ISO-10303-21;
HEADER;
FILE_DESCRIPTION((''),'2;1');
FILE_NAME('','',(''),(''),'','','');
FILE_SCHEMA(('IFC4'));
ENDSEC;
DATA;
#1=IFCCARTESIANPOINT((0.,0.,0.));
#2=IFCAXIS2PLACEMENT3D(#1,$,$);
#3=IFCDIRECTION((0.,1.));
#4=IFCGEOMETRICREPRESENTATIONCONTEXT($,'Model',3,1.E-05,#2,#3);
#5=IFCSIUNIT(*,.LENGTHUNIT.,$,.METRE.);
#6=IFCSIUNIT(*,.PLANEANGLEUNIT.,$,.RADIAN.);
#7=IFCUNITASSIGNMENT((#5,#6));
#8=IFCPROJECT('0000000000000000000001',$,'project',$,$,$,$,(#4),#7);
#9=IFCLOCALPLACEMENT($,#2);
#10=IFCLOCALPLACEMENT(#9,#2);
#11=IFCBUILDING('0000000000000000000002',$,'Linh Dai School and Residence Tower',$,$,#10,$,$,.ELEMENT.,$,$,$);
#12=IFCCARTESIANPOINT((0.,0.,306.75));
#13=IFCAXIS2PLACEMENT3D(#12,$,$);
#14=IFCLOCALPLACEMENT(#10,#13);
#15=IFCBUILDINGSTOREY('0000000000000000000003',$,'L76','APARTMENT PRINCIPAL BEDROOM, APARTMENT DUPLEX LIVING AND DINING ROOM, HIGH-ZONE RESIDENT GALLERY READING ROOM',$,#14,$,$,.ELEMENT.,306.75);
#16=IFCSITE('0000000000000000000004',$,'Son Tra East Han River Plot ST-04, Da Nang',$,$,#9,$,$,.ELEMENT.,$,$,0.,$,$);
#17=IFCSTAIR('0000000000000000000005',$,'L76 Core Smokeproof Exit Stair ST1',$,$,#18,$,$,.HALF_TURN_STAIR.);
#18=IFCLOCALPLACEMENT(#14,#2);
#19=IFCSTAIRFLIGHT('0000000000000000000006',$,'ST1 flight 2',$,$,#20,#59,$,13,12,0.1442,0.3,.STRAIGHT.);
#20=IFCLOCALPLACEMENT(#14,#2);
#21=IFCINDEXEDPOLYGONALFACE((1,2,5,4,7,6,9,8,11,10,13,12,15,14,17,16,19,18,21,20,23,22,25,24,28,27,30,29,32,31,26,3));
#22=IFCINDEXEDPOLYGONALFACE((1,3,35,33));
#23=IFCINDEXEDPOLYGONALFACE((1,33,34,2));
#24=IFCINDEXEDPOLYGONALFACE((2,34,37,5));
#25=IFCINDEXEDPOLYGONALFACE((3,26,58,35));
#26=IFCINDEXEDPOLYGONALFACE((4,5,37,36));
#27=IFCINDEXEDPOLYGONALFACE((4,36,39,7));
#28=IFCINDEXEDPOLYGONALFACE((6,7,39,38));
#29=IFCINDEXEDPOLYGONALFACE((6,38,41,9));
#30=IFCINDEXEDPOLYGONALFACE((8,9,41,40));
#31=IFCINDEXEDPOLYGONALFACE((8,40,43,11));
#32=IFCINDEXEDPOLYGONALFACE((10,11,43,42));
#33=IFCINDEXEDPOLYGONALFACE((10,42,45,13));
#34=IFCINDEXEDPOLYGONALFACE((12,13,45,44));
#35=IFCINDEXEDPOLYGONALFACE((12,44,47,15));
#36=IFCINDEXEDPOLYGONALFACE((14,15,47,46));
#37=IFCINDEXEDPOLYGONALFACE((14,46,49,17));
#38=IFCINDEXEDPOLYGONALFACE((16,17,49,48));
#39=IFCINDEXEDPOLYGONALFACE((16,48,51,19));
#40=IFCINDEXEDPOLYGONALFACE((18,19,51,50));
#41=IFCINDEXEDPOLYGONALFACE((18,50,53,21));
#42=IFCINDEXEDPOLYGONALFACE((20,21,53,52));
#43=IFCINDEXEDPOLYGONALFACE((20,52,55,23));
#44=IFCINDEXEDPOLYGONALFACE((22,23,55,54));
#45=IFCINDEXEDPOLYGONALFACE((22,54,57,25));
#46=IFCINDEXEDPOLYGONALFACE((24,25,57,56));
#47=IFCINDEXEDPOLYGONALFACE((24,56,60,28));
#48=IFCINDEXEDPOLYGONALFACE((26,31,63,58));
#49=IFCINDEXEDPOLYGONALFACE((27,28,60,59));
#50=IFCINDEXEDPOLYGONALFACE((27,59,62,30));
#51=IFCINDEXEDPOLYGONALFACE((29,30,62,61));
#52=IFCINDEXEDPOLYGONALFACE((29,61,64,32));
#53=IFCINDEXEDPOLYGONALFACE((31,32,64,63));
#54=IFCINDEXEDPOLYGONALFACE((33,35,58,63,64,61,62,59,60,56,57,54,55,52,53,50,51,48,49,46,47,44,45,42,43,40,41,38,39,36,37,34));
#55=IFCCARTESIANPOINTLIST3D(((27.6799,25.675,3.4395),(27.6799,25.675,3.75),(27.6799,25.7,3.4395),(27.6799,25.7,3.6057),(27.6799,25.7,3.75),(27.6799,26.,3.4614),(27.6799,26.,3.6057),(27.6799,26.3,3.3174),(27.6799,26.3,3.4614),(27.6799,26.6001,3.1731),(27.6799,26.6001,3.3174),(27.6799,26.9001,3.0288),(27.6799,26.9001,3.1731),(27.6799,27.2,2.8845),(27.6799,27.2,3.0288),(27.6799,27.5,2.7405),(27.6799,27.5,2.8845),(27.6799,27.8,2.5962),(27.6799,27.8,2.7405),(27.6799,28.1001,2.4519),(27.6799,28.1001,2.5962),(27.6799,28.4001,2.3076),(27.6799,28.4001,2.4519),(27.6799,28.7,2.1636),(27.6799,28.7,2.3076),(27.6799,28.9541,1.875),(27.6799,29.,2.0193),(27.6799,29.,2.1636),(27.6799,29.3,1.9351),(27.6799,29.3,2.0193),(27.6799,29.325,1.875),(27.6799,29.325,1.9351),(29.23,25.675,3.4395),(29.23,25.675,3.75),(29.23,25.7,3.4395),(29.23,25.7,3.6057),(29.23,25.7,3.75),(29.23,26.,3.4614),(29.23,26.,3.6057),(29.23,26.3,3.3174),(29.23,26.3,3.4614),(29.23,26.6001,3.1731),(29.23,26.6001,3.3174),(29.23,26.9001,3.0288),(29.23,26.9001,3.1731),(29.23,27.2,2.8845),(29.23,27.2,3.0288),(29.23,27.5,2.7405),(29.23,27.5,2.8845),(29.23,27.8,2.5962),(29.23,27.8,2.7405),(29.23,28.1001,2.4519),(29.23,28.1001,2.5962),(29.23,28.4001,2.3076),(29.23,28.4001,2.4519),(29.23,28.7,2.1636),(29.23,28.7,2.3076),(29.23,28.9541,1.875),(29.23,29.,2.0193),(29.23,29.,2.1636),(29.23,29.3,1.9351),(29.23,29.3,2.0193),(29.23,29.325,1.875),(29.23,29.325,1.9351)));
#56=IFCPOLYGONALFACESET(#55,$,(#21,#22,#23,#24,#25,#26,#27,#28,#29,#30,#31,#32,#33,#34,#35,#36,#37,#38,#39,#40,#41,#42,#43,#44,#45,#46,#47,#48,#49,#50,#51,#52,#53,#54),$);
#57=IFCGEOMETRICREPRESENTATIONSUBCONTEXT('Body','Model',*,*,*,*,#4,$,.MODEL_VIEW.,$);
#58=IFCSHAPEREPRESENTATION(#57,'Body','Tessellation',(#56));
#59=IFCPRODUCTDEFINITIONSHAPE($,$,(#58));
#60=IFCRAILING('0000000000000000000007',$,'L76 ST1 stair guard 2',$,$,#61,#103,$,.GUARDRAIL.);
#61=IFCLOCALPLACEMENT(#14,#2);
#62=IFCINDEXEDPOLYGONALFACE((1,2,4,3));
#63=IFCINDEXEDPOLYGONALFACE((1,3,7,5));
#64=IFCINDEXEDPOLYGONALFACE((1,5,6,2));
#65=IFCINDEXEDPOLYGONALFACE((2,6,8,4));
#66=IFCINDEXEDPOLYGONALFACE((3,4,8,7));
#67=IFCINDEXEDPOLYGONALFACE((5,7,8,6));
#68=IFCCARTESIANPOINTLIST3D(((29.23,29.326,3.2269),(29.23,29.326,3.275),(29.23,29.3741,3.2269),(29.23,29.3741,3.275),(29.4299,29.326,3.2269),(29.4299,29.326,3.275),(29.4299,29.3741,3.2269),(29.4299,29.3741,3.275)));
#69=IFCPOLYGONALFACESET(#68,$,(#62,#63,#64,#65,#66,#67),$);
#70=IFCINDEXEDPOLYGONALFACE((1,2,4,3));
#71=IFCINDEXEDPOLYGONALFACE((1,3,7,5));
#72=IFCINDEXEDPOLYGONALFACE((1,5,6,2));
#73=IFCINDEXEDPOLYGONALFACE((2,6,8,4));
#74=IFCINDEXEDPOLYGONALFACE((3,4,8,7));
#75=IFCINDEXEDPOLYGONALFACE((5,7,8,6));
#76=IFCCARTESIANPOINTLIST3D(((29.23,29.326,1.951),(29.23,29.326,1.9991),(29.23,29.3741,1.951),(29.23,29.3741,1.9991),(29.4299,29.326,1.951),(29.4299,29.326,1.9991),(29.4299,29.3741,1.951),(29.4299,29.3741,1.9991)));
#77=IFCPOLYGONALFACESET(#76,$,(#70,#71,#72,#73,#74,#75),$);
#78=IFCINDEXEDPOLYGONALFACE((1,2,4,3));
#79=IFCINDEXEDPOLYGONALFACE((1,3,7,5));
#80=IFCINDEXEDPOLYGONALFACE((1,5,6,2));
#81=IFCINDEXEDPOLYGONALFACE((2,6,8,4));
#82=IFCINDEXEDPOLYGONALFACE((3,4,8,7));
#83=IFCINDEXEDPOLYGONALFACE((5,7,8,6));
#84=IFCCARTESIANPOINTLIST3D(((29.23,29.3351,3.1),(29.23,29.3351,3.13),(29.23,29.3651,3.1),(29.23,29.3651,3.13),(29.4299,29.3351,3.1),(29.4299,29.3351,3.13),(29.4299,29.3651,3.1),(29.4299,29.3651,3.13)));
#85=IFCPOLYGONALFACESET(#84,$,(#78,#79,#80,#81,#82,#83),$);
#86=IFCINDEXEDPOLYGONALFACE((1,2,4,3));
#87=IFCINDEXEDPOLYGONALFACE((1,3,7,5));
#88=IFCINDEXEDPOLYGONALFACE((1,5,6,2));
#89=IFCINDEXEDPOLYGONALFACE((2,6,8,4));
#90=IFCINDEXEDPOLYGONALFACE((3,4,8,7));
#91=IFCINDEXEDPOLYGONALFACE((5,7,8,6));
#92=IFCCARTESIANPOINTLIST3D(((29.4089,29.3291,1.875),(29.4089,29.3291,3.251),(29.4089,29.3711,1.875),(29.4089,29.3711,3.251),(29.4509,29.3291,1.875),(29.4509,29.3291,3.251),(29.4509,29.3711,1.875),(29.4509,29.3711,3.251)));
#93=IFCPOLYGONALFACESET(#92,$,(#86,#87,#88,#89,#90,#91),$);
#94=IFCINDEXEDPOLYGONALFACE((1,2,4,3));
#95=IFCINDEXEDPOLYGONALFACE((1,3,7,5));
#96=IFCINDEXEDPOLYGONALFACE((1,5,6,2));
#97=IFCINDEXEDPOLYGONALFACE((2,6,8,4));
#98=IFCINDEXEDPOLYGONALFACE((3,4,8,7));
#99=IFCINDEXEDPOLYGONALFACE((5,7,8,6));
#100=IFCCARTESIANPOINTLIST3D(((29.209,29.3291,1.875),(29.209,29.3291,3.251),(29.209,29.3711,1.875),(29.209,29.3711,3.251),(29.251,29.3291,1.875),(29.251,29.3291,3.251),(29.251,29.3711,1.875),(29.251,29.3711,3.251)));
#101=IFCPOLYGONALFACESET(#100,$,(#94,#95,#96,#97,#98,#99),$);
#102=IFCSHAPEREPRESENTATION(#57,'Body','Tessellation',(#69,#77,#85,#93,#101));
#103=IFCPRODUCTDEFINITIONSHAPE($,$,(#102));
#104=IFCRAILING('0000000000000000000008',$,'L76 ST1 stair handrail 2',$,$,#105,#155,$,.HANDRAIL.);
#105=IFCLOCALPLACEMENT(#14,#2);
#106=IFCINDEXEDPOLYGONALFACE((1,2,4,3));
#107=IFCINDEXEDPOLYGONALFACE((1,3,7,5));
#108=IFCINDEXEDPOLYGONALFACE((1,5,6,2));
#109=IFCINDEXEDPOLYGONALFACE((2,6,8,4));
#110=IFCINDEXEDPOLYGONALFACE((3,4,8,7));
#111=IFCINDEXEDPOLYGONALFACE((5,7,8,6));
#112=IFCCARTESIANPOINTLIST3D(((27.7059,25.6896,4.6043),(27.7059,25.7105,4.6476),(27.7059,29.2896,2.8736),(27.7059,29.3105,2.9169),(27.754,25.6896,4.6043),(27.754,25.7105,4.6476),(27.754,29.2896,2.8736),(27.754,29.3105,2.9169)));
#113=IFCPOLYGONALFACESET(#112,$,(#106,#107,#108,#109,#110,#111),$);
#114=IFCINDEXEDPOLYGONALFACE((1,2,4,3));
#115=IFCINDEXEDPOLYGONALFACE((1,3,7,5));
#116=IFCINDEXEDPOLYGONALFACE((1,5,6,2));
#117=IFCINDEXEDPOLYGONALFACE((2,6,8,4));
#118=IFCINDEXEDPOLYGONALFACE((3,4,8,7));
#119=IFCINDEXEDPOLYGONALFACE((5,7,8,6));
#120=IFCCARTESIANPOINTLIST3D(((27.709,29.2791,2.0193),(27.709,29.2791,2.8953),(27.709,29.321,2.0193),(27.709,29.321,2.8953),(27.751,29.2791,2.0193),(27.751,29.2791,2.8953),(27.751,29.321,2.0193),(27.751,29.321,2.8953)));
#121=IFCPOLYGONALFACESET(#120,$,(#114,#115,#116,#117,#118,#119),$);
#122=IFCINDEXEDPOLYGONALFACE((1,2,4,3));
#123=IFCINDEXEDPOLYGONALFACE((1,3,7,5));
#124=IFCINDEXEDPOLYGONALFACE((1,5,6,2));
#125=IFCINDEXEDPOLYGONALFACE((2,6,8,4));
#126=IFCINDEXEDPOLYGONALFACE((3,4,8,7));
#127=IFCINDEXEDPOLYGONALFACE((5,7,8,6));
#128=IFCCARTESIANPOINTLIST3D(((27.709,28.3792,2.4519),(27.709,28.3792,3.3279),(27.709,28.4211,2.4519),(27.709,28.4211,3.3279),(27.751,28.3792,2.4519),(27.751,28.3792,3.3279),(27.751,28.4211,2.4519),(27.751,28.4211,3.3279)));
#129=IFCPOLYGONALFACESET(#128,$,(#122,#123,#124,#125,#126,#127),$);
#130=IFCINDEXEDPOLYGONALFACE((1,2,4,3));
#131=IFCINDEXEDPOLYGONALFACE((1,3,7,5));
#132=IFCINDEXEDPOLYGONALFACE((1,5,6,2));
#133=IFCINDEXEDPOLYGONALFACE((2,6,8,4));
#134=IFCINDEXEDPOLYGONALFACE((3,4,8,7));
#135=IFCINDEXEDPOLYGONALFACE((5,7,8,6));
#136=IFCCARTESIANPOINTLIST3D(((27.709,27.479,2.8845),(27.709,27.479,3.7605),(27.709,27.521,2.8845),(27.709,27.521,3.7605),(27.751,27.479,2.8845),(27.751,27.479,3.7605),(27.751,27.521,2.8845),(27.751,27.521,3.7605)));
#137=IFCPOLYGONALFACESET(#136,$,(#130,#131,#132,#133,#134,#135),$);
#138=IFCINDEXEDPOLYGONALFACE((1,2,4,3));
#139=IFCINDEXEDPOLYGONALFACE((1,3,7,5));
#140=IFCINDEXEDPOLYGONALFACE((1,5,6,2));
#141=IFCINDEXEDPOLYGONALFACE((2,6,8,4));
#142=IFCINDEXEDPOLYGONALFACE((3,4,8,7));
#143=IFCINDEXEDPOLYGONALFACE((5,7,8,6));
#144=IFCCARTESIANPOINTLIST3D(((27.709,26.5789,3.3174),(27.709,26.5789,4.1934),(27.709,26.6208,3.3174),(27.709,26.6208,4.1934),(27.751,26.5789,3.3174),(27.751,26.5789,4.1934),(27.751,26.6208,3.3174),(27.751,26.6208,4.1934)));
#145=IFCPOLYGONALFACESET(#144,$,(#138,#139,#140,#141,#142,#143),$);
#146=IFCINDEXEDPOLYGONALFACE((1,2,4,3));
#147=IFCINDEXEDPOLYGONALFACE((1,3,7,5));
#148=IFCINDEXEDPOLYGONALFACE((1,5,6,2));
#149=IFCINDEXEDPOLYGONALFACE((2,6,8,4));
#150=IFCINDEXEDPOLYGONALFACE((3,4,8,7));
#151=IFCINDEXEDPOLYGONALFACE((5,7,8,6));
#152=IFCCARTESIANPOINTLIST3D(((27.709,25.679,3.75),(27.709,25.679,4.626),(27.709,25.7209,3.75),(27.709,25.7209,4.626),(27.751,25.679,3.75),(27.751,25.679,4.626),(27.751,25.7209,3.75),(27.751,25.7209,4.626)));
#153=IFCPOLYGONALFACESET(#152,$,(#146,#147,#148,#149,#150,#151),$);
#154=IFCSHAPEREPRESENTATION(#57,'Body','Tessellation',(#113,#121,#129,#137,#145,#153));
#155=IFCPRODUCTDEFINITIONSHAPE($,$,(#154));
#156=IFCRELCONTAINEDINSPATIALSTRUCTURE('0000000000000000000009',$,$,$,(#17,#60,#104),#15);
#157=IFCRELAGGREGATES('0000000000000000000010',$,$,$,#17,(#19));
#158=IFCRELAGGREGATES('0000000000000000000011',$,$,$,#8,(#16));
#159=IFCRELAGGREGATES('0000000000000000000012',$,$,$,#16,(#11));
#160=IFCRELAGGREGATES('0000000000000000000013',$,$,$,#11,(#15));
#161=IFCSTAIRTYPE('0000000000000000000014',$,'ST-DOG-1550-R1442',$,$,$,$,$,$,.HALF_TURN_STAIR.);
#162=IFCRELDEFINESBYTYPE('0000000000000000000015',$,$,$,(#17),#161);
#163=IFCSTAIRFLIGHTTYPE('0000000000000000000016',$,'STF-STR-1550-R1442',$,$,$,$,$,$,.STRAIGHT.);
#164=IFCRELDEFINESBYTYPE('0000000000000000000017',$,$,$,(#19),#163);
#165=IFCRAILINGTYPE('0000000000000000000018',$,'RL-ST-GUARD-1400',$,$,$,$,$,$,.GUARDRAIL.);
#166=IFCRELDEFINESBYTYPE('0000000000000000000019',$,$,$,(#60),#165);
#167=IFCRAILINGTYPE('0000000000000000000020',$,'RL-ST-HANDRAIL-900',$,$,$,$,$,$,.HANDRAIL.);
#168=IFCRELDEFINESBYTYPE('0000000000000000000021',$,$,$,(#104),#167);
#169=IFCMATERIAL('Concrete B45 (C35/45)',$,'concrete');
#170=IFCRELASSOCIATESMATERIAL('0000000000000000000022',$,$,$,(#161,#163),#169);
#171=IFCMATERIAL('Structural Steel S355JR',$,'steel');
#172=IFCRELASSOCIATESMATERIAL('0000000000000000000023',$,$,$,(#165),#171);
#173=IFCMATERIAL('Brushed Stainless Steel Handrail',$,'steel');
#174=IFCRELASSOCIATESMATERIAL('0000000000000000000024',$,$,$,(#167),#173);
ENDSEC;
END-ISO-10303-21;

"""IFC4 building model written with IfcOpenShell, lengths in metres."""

from ifc_helpers import new_model, si_unit, direction, frame, origin, origin_2d, place, context, subcontext, project, spatial, polyline, rectangle, outline, extrude, source, transform, mapped, material, type_object, element, aggregate, save


model = new_model("IFC4")

# Units and contexts
model_context = context("Model", 3, precision=1e-05, world=origin(), true_north=direction((0.0, 1.0)))
body_context = subcontext(model_context, "Body", "Model", "MODEL_VIEW")
ifc_project = project(units=[si_unit("LENGTHUNIT", "METRE"), si_unit("PLANEANGLEUNIT", "RADIAN")], contexts=[model_context])

# Site, building, storey
site_placement = place(None, origin())
site = spatial("IfcSite", under=ifc_project, at=site_placement, Name="Son Tra East Han River Plot ST-04, Da Nang", CompositionType="ELEMENT", RefElevation=0.0)
building_placement = place(site_placement, origin())
building = spatial("IfcBuilding", under=site, at=building_placement, Name="Linh Dai School and Residence Tower", CompositionType="ELEMENT")
storey_placement = place(building_placement, frame((0.0, 0.0, 306.75)))
storey = spatial("IfcBuildingStorey", under=building, at=storey_placement, Name="L76", Description="APARTMENT PRINCIPAL BEDROOM, APARTMENT DUPLEX LIVING AND DINING ROOM, HIGH-ZONE RESIDENT GALLERY READING ROOM", CompositionType="ELEMENT", Elevation=306.75)

# Shared definitions
ifc_material_1 = material(Name="Structural Steel S355JR", Category="steel")

# Shared definitions
ifc_material_2 = material(Name="Concrete B45 (C35/45)", Category="concrete")

# Stair, stair flight
stair_type = type_object("IfcStairType", Name="ST-DOG-1550-R1442", PredefinedType="HALF_TURN_STAIR", material=ifc_material_2)
stair_placement = place(storey_placement, origin())
stair = element("IfcStair", 1, at=stair_placement, inside=storey, type_object=stair_type, Name="L76 Core Smokeproof Exit Stair ST1", PredefinedType="HALF_TURN_STAIR")
stair_flight_type = type_object("IfcStairFlightType", Name="STF-STR-1550-R1442", PredefinedType="STRAIGHT", material=ifc_material_2)
shared_shape_1 = source(origin(), body_context, "Body", "SweptSolid", [
    extrude(outline(polyline([(-0.0249, 0.0), (-0.0249, 0.0601), (0.0, 0.0601), (0.0, 0.1443), (0.3, 0.1443), (0.3, 0.2886), (0.6001, 0.2886), (0.6001, 0.4326), (0.8999, 0.4326), (0.8999, 0.5769), (1.2, 0.5769), (1.2, 0.7212), (1.5, 0.7212), (1.5, 0.8655), (1.8, 0.8655), (1.8, 1.0095), (2.1001, 1.0095), (2.1001, 1.1538), (2.3999, 1.1538), (2.3999, 1.2981), (2.7, 1.2981), (2.7, 1.4424), (3.0, 1.4424), (3.0, 1.5864), (3.3, 1.5864), (3.3, 1.7307), (3.6001, 1.7307), (3.6001, 1.875), (3.625, 1.875), (3.625, 1.5645), (3.6001, 1.5645), (0.3459, 0.0), (-0.0249, 0.0)])), frame((0.0, 0.7749, 0.0), z_axis=(0.0, -1.0, 0.0), x_axis=(1.0, 0.0, 0.0)), (0.0, 0.0, 1.0), 1.55),
])
stair_flight_placement = place(storey_placement, frame((28.4551, 29.3, 1.875), z_axis=(0.0, 0.0, 1.0), x_axis=(0.0, -1.0, 0.0)))
stair_flight = element("IfcStairFlight", 2, at=stair_flight_placement, type_object=stair_flight_type, Name="ST1 flight 2", NumberOfRisers=13, NumberOfTreads=12, PredefinedType="STRAIGHT", RiserHeight=0.1442, TreadLength=0.3, context=body_context, shape_type="MappedRepresentation", body=[
    mapped(shared_shape_1, transform((0.0, 0.0, 0.0), x_axis=(1.0, 0.0, 0.0), y_axis=(0.0, 1.0, 0.0), z_axis=(0.0, 0.0, 1.0), scale=1.0)),
])
aggregate(stair, [stair_flight])

# Railings
railing_type_1 = type_object("IfcRailingType", Name="RL-ST-GUARD-1400", PredefinedType="GUARDRAIL", material=ifc_material_1)
shared_shape_2 = source(origin(), body_context, "Body", "SweptSolid", [
    extrude(rectangle(XDim=0.0481, YDim=0.0481, at=origin_2d()), frame((0.0, 0.0, 1.376), z_axis=(-1.0, 0.0, 0.0), x_axis=(0.0, -1.0, 0.0)), (0.0, 0.0, 1.0), 0.2),
    extrude(rectangle(XDim=0.0481, YDim=0.0481, at=origin_2d()), frame((0.0, 0.0, 0.1001), z_axis=(-1.0, 0.0, 0.0), x_axis=(0.0, -1.0, 0.0)), (0.0, 0.0, 1.0), 0.2),
    extrude(rectangle(XDim=0.03, YDim=0.03, at=origin_2d()), frame((0.0, 0.0, 1.24), z_axis=(-1.0, 0.0, 0.0), x_axis=(0.0, -1.0, 0.0)), (0.0, 0.0, 1.0), 0.2),
    extrude(rectangle(XDim=0.042, YDim=0.042, at=origin_2d()), origin(), (0.0, 0.0, 1.0), 1.376),
    extrude(rectangle(XDim=0.042, YDim=0.042, at=origin_2d()), frame((-0.2, 0.0, 0.0)), (0.0, 0.0, 1.0), 1.376),
])
railing_1_placement = place(storey_placement, frame((29.4299, 29.3501, 1.875)))
element("IfcRailing", 3, at=railing_1_placement, inside=storey, type_object=railing_type_1, Name="L76 ST1 stair guard 2", PredefinedType="GUARDRAIL", context=body_context, shape_type="MappedRepresentation", body=[
    mapped(shared_shape_2, transform((0.0, 0.0, 0.0), x_axis=(1.0, 0.0, 0.0), y_axis=(0.0, 1.0, 0.0), z_axis=(0.0, 0.0, 1.0), scale=1.0)),
])
ifc_material_3 = material(Name="Brushed Stainless Steel Handrail", Category="steel")
railing_type_2 = type_object("IfcRailingType", Name="RL-ST-HANDRAIL-900", PredefinedType="HANDRAIL", material=ifc_material_3)
shared_shape_3 = source(origin(), body_context, "Body", "SweptSolid", [
    extrude(rectangle(XDim=0.0481, YDim=0.0481, at=origin_2d()), frame((0.0, 0.0, 0.876), z_axis=(0.0, -0.901263, 0.433273), x_axis=(1.0, 0.0, 0.0)), (0.0, 0.0, 1.0), 3.9944),
    extrude(rectangle(XDim=0.042, YDim=0.042, at=origin_2d()), origin(), (0.0, 0.0, 1.0), 0.876),
    extrude(rectangle(XDim=0.042, YDim=0.042, at=origin_2d()), frame((0.0, -0.8999, 0.4326)), (0.0, 0.0, 1.0), 0.876),
    extrude(rectangle(XDim=0.042, YDim=0.042, at=origin_2d()), frame((0.0, -1.8, 0.8652)), (0.0, 0.0, 1.0), 0.876),
    extrude(rectangle(XDim=0.042, YDim=0.042, at=origin_2d()), frame((0.0, -2.7002, 1.2981)), (0.0, 0.0, 1.0), 0.876),
    extrude(rectangle(XDim=0.042, YDim=0.042, at=origin_2d()), frame((0.0, -3.6001, 1.7307)), (0.0, 0.0, 1.0), 0.876),
])
railing_2_placement = place(storey_placement, frame((27.73, 29.3, 2.0193)))
element("IfcRailing", 4, at=railing_2_placement, inside=storey, type_object=railing_type_2, Name="L76 ST1 stair handrail 2", PredefinedType="HANDRAIL", context=body_context, shape_type="MappedRepresentation", body=[
    mapped(shared_shape_3, transform((0.0, 0.0, 0.0), x_axis=(1.0, 0.0, 0.0), y_axis=(0.0, 1.0, 0.0), z_axis=(0.0, 0.0, 1.0), scale=1.0)),
])

save(model, "model.ifc")
